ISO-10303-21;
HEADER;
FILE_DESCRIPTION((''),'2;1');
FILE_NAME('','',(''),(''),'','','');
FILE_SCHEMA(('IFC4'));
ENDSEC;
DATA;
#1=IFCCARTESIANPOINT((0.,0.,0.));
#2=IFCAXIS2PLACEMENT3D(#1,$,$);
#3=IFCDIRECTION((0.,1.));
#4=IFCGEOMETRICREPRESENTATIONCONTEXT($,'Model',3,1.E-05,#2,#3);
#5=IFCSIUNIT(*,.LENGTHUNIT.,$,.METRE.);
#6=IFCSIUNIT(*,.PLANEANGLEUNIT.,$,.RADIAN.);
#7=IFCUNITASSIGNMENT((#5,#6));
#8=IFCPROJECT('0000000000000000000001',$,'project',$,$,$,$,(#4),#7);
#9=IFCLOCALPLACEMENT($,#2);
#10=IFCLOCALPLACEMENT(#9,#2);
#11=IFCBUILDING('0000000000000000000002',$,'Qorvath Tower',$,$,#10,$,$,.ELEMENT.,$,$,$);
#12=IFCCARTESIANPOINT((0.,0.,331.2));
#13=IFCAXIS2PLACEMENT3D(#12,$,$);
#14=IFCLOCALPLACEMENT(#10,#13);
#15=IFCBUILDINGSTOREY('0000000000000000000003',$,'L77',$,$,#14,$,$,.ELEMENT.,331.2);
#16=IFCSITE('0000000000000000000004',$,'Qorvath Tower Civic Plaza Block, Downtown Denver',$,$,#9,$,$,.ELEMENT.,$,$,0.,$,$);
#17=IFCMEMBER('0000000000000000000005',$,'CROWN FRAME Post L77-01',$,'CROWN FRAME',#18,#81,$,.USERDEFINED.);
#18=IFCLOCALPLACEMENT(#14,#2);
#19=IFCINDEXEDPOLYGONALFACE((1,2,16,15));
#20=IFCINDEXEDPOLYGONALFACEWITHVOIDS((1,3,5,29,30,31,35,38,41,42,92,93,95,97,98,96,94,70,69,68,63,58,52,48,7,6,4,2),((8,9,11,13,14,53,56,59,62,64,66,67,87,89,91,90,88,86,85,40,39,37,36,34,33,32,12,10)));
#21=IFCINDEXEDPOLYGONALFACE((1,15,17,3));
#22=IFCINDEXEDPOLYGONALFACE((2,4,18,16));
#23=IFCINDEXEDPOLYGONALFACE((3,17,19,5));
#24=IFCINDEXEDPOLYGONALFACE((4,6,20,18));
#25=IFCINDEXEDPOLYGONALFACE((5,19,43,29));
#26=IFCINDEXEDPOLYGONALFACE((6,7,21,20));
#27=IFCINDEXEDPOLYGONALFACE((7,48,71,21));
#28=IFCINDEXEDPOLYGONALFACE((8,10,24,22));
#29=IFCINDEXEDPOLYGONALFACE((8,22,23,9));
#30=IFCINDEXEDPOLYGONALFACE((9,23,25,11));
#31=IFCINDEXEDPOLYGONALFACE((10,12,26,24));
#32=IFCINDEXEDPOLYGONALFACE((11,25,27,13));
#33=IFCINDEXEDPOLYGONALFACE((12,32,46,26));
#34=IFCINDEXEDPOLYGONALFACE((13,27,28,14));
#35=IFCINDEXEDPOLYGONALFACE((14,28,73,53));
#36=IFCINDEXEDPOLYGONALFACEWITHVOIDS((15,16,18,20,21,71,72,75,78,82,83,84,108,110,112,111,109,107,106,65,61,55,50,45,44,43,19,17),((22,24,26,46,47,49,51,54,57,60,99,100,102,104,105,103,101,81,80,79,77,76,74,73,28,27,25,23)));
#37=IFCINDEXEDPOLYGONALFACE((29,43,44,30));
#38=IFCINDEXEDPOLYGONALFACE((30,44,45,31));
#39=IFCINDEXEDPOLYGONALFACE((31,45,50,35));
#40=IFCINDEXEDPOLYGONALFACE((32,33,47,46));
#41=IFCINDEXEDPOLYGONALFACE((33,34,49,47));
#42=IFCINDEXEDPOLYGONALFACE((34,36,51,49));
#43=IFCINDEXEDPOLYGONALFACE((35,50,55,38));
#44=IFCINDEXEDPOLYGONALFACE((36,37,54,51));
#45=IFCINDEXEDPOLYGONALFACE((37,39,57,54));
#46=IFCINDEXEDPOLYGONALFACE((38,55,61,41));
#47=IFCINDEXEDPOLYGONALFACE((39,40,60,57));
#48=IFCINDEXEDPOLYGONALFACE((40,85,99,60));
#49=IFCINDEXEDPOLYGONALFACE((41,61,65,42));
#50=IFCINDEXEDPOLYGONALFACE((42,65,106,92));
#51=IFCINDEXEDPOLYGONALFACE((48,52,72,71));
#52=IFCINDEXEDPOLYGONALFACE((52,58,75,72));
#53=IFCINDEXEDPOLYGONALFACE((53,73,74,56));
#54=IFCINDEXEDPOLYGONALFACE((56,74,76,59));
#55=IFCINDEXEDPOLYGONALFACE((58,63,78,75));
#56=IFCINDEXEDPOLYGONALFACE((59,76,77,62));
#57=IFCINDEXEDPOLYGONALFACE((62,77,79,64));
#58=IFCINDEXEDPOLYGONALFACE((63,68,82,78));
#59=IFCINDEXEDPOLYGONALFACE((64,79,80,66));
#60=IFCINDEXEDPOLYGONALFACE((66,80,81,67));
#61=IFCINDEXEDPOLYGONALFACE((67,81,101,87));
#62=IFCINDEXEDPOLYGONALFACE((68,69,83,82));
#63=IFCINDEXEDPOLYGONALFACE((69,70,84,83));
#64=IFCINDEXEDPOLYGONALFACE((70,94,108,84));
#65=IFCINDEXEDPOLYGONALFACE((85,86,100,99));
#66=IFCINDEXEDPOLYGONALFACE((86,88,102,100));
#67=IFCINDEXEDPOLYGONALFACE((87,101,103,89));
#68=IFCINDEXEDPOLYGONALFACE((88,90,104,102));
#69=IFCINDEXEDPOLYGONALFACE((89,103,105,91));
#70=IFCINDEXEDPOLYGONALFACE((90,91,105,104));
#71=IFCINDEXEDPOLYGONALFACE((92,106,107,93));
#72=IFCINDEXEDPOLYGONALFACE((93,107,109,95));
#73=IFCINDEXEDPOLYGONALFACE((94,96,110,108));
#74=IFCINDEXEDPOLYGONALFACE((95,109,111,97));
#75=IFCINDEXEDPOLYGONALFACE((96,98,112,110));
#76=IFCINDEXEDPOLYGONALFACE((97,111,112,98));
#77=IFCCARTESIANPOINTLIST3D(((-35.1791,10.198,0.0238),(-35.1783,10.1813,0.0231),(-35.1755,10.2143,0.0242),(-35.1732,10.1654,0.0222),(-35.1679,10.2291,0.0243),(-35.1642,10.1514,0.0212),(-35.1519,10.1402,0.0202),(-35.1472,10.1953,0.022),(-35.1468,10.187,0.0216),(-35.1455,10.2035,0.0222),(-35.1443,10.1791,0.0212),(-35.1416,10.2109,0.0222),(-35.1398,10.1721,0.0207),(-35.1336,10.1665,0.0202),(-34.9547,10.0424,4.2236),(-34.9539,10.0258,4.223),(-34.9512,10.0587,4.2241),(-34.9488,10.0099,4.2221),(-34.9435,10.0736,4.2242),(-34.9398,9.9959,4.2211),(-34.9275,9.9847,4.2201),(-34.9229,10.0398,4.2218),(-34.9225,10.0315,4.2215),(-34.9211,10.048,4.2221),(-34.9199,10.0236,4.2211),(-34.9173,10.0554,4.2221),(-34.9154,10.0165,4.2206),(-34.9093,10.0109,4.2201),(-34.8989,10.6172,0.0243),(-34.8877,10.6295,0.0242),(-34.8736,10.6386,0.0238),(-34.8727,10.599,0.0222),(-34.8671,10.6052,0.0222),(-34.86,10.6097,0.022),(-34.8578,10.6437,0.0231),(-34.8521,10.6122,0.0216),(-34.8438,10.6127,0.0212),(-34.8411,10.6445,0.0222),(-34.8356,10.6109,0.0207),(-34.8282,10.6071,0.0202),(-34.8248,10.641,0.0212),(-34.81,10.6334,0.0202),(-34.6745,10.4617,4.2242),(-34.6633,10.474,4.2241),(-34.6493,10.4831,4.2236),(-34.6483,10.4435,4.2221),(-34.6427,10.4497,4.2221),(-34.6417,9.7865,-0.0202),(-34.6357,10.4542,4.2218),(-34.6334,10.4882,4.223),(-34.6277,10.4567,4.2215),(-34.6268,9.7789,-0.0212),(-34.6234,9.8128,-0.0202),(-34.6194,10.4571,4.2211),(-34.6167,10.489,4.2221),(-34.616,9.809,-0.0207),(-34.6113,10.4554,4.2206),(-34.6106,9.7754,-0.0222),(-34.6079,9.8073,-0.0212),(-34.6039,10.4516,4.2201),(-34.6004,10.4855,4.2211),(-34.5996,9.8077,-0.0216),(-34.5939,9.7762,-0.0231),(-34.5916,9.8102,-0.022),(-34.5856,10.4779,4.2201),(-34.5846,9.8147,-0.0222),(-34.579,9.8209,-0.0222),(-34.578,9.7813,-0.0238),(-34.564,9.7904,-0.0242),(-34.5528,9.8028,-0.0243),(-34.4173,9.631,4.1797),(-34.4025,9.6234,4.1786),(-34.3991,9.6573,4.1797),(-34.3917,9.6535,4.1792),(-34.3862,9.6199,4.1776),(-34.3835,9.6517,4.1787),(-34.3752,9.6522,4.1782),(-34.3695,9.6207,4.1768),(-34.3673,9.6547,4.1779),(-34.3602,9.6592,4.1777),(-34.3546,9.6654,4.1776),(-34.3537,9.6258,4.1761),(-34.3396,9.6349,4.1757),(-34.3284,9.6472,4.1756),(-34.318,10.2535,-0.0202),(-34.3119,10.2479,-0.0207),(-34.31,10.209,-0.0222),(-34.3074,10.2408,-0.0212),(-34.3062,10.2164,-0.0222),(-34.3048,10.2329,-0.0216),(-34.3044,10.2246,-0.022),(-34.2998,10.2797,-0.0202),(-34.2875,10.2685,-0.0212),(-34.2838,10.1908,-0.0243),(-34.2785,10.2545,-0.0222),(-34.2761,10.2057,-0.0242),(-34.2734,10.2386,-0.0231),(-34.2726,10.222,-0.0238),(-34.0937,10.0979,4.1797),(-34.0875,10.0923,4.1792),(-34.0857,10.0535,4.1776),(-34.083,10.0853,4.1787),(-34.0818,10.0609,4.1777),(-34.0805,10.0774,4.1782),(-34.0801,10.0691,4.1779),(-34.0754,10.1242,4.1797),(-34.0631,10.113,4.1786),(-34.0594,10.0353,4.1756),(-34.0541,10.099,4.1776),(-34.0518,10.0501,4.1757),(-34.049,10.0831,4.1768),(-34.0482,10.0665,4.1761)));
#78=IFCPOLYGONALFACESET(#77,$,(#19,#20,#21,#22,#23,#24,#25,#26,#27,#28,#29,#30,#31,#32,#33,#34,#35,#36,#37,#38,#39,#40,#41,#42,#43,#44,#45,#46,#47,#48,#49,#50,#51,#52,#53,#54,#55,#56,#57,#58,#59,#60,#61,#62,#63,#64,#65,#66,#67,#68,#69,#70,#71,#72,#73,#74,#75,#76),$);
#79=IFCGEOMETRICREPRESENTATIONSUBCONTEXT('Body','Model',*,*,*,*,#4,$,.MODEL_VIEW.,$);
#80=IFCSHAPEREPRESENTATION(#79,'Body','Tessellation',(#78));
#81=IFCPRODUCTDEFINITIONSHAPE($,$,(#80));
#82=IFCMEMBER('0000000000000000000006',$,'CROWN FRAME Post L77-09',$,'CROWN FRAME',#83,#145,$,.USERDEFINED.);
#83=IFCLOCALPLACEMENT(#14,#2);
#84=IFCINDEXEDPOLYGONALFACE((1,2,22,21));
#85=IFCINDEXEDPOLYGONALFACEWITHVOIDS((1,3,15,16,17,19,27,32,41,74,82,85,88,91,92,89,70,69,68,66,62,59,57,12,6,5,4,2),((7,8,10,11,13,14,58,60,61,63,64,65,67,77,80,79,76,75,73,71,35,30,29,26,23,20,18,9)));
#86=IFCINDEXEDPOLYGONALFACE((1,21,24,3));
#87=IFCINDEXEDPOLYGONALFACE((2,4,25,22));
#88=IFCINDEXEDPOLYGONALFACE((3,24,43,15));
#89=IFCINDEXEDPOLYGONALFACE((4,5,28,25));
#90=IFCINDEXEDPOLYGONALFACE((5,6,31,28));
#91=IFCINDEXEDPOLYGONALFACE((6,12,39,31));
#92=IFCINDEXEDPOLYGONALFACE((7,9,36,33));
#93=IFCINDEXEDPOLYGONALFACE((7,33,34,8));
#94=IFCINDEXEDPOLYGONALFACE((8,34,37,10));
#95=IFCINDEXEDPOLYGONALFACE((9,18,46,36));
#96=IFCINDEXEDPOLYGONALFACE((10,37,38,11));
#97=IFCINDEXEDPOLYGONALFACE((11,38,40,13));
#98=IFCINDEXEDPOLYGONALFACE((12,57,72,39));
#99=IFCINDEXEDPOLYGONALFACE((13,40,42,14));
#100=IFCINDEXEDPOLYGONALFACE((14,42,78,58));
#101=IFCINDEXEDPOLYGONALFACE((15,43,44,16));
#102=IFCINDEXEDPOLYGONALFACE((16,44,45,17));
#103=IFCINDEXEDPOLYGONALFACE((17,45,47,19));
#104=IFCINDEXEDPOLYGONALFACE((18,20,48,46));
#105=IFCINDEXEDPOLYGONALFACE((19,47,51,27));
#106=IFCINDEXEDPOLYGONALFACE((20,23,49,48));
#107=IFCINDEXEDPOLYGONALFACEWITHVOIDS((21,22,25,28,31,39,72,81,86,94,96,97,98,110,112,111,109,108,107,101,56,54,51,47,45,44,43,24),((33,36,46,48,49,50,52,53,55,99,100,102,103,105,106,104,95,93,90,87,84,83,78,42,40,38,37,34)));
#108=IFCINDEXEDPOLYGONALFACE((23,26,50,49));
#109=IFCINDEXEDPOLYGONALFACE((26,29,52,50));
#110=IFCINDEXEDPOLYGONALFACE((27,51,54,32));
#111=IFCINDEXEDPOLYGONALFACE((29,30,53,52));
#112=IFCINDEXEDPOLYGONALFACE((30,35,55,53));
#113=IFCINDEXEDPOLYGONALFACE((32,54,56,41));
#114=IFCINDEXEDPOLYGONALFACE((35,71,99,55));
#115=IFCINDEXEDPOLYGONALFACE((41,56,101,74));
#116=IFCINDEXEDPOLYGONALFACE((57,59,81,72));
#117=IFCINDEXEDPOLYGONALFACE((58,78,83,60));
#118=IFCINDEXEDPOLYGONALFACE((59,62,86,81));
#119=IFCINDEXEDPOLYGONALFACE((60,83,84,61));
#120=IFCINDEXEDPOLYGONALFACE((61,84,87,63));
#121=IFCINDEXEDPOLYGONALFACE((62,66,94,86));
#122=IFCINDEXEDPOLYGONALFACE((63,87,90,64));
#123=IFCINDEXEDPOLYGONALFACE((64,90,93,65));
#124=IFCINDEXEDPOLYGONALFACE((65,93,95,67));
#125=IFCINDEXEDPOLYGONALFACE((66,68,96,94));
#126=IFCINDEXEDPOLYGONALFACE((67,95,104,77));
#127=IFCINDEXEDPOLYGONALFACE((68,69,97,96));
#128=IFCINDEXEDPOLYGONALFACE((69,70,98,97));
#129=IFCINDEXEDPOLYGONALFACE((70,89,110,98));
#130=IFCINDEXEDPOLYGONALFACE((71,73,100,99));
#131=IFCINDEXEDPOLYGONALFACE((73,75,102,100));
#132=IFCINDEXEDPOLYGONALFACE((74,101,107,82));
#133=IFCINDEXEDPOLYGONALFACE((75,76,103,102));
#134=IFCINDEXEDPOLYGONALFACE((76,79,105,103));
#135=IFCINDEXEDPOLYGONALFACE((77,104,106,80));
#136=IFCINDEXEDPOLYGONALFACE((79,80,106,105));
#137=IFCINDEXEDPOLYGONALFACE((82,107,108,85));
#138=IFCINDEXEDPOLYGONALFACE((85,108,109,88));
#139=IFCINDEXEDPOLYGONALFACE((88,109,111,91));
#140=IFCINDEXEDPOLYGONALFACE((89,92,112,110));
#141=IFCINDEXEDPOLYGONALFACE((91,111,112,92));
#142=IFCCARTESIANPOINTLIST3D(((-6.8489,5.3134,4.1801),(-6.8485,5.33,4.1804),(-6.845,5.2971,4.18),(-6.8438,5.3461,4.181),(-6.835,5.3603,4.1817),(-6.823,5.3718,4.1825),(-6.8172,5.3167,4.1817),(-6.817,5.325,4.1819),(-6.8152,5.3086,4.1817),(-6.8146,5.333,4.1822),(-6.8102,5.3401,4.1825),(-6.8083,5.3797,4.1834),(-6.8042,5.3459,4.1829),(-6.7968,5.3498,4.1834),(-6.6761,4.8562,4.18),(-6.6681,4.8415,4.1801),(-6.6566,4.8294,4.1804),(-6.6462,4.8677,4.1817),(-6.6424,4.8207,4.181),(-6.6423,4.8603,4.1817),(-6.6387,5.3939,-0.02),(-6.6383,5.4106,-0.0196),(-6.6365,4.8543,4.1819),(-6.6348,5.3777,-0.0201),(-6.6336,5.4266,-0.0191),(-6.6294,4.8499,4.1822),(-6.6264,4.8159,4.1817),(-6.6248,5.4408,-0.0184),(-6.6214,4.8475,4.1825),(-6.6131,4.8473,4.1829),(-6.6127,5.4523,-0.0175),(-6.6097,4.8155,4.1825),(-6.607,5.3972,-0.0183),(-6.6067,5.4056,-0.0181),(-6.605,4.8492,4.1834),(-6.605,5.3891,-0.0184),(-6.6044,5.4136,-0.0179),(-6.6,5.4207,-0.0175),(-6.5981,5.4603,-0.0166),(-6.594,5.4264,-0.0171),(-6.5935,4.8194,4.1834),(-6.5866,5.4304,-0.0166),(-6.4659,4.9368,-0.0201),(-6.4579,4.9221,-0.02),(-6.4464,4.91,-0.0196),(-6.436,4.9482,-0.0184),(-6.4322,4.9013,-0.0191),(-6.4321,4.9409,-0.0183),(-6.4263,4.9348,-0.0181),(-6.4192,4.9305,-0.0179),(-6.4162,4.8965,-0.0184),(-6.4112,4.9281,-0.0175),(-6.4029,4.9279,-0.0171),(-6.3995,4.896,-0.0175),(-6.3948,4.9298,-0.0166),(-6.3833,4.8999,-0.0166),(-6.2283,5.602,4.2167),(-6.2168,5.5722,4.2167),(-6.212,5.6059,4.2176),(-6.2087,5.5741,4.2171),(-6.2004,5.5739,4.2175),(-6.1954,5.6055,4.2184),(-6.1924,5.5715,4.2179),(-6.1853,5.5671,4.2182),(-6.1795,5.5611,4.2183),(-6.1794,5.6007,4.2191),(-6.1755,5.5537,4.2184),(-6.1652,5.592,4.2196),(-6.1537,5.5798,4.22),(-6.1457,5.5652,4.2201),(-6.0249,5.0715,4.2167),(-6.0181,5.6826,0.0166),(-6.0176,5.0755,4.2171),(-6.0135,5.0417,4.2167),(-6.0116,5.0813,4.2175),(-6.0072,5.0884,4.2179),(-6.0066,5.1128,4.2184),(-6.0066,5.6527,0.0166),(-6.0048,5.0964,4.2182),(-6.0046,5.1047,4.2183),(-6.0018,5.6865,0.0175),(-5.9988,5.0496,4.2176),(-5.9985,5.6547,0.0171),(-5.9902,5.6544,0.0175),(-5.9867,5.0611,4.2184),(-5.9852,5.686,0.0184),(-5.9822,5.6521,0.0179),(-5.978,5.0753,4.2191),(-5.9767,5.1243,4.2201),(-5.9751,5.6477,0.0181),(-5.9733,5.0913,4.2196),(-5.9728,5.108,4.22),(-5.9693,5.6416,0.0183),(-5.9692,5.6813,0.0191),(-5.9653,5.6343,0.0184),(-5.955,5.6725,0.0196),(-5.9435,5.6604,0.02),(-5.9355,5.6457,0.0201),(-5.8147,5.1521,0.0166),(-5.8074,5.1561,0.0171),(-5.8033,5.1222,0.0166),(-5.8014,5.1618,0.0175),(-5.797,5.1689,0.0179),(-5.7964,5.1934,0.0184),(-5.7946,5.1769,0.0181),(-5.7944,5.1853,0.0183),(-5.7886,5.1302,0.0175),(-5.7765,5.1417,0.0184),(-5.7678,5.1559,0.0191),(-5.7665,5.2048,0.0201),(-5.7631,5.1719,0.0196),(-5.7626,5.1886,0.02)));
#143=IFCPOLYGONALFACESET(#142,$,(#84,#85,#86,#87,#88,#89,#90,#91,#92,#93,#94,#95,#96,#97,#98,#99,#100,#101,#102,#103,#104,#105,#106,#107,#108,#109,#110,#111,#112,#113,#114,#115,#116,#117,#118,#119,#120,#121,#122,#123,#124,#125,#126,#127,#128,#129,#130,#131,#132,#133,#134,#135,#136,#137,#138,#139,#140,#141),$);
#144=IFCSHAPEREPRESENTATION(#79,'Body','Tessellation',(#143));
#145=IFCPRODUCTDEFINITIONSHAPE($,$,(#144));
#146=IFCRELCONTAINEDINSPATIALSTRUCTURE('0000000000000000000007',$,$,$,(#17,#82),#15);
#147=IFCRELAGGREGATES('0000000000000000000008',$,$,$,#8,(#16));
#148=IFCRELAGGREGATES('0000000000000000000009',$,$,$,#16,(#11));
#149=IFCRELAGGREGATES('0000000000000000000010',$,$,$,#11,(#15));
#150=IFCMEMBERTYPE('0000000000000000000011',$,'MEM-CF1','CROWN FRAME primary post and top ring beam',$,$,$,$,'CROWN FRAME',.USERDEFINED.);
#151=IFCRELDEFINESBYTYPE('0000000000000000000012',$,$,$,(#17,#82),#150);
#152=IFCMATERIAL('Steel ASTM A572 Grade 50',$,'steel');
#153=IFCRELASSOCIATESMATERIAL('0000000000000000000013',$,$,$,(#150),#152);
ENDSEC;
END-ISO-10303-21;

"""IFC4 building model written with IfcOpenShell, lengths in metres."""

from ifc_helpers import new_model, si_unit, direction, frame, origin, origin_2d, place, context, subcontext, project, spatial, hollow_rectangle, extrude, material, material_profile, profile_set, type_object, element, save


model = new_model("IFC4")

# Units and contexts
model_context = context("Model", 3, precision=1e-05, world=origin(), true_north=direction((0.0, 1.0)))
body_context = subcontext(model_context, "Body", "Model", "MODEL_VIEW")
ifc_project = project(units=[si_unit("LENGTHUNIT", "METRE"), si_unit("PLANEANGLEUNIT", "RADIAN")], contexts=[model_context])

# Site, building, storey
site_placement = place(None, origin())
site = spatial("IfcSite", under=ifc_project, at=site_placement, Name="Qorvath Tower Civic Plaza Block, Downtown Denver", CompositionType="ELEMENT", RefElevation=0.0)
building_placement = place(site_placement, origin())
building = spatial("IfcBuilding", under=site, at=building_placement, Name="Qorvath Tower", CompositionType="ELEMENT")
storey_placement = place(building_placement, frame((0.0, 0.0, 331.2)))
storey = spatial("IfcBuildingStorey", under=building, at=storey_placement, Name="L77", CompositionType="ELEMENT", Elevation=331.2)

# Members
ifc_material_1 = material(Name="Steel ASTM A572 Grade 50", Category="steel")
ifc_material_profile_1 = material_profile(ifc_material_1, hollow_rectangle(XDim=0.6001, YDim=0.75, WallThickness=0.032, InnerFilletRadius=0.032, OuterFilletRadius=0.064, at=origin_2d()), Name="CROWN BOX 750x600x32")
ifc_profile_set_1 = profile_set([ifc_material_profile_1], Name="Steel ASTM A572 Grade 50")
member_type_1 = type_object("IfcMemberType", Name="MEM-CF1", Description="CROWN FRAME primary post and top ring beam", ElementType="CROWN FRAME", PredefinedType="USERDEFINED", material=ifc_profile_set_1)
member_1_placement = place(storey_placement, frame((-34.7258, 10.21, 0.0), z_axis=(0.053308, -0.03695, 0.997894), x_axis=(0.569675, 0.82187, 0.0)))
element("IfcMember", 1, at=member_1_placement, inside=storey, type_object=member_type_1, Name="CROWN FRAME Post L77-01", ObjectType="CROWN FRAME", PredefinedType="USERDEFINED", context=body_context, shape_type="SweptSolid", body=[
    extrude(hollow_rectangle(XDim=0.6001, YDim=0.75, WallThickness=0.032, InnerFilletRadius=0.032, OuterFilletRadius=0.064, at=origin_2d()), origin(), (0.0, 0.0, 1.0), 4.2087),
])
member_2_placement = place(storey_placement, frame((-6.2007, 5.2913, 0.0), z_axis=(-0.049978, -0.019155, 0.998567), x_axis=(0.357889, -0.933764, 0.0)))
element("IfcMember", 2, at=member_2_placement, inside=storey, type_object=member_type_1, Name="CROWN FRAME Post L77-09", ObjectType="CROWN FRAME", PredefinedType="USERDEFINED", context=body_context, shape_type="SweptSolid", body=[
    extrude(hollow_rectangle(XDim=0.6001, YDim=0.75, WallThickness=0.032, InnerFilletRadius=0.032, OuterFilletRadius=0.064, at=origin_2d()), origin(), (0.0, 0.0, 1.0), 4.2061),
])

save(model, "model.ifc")
